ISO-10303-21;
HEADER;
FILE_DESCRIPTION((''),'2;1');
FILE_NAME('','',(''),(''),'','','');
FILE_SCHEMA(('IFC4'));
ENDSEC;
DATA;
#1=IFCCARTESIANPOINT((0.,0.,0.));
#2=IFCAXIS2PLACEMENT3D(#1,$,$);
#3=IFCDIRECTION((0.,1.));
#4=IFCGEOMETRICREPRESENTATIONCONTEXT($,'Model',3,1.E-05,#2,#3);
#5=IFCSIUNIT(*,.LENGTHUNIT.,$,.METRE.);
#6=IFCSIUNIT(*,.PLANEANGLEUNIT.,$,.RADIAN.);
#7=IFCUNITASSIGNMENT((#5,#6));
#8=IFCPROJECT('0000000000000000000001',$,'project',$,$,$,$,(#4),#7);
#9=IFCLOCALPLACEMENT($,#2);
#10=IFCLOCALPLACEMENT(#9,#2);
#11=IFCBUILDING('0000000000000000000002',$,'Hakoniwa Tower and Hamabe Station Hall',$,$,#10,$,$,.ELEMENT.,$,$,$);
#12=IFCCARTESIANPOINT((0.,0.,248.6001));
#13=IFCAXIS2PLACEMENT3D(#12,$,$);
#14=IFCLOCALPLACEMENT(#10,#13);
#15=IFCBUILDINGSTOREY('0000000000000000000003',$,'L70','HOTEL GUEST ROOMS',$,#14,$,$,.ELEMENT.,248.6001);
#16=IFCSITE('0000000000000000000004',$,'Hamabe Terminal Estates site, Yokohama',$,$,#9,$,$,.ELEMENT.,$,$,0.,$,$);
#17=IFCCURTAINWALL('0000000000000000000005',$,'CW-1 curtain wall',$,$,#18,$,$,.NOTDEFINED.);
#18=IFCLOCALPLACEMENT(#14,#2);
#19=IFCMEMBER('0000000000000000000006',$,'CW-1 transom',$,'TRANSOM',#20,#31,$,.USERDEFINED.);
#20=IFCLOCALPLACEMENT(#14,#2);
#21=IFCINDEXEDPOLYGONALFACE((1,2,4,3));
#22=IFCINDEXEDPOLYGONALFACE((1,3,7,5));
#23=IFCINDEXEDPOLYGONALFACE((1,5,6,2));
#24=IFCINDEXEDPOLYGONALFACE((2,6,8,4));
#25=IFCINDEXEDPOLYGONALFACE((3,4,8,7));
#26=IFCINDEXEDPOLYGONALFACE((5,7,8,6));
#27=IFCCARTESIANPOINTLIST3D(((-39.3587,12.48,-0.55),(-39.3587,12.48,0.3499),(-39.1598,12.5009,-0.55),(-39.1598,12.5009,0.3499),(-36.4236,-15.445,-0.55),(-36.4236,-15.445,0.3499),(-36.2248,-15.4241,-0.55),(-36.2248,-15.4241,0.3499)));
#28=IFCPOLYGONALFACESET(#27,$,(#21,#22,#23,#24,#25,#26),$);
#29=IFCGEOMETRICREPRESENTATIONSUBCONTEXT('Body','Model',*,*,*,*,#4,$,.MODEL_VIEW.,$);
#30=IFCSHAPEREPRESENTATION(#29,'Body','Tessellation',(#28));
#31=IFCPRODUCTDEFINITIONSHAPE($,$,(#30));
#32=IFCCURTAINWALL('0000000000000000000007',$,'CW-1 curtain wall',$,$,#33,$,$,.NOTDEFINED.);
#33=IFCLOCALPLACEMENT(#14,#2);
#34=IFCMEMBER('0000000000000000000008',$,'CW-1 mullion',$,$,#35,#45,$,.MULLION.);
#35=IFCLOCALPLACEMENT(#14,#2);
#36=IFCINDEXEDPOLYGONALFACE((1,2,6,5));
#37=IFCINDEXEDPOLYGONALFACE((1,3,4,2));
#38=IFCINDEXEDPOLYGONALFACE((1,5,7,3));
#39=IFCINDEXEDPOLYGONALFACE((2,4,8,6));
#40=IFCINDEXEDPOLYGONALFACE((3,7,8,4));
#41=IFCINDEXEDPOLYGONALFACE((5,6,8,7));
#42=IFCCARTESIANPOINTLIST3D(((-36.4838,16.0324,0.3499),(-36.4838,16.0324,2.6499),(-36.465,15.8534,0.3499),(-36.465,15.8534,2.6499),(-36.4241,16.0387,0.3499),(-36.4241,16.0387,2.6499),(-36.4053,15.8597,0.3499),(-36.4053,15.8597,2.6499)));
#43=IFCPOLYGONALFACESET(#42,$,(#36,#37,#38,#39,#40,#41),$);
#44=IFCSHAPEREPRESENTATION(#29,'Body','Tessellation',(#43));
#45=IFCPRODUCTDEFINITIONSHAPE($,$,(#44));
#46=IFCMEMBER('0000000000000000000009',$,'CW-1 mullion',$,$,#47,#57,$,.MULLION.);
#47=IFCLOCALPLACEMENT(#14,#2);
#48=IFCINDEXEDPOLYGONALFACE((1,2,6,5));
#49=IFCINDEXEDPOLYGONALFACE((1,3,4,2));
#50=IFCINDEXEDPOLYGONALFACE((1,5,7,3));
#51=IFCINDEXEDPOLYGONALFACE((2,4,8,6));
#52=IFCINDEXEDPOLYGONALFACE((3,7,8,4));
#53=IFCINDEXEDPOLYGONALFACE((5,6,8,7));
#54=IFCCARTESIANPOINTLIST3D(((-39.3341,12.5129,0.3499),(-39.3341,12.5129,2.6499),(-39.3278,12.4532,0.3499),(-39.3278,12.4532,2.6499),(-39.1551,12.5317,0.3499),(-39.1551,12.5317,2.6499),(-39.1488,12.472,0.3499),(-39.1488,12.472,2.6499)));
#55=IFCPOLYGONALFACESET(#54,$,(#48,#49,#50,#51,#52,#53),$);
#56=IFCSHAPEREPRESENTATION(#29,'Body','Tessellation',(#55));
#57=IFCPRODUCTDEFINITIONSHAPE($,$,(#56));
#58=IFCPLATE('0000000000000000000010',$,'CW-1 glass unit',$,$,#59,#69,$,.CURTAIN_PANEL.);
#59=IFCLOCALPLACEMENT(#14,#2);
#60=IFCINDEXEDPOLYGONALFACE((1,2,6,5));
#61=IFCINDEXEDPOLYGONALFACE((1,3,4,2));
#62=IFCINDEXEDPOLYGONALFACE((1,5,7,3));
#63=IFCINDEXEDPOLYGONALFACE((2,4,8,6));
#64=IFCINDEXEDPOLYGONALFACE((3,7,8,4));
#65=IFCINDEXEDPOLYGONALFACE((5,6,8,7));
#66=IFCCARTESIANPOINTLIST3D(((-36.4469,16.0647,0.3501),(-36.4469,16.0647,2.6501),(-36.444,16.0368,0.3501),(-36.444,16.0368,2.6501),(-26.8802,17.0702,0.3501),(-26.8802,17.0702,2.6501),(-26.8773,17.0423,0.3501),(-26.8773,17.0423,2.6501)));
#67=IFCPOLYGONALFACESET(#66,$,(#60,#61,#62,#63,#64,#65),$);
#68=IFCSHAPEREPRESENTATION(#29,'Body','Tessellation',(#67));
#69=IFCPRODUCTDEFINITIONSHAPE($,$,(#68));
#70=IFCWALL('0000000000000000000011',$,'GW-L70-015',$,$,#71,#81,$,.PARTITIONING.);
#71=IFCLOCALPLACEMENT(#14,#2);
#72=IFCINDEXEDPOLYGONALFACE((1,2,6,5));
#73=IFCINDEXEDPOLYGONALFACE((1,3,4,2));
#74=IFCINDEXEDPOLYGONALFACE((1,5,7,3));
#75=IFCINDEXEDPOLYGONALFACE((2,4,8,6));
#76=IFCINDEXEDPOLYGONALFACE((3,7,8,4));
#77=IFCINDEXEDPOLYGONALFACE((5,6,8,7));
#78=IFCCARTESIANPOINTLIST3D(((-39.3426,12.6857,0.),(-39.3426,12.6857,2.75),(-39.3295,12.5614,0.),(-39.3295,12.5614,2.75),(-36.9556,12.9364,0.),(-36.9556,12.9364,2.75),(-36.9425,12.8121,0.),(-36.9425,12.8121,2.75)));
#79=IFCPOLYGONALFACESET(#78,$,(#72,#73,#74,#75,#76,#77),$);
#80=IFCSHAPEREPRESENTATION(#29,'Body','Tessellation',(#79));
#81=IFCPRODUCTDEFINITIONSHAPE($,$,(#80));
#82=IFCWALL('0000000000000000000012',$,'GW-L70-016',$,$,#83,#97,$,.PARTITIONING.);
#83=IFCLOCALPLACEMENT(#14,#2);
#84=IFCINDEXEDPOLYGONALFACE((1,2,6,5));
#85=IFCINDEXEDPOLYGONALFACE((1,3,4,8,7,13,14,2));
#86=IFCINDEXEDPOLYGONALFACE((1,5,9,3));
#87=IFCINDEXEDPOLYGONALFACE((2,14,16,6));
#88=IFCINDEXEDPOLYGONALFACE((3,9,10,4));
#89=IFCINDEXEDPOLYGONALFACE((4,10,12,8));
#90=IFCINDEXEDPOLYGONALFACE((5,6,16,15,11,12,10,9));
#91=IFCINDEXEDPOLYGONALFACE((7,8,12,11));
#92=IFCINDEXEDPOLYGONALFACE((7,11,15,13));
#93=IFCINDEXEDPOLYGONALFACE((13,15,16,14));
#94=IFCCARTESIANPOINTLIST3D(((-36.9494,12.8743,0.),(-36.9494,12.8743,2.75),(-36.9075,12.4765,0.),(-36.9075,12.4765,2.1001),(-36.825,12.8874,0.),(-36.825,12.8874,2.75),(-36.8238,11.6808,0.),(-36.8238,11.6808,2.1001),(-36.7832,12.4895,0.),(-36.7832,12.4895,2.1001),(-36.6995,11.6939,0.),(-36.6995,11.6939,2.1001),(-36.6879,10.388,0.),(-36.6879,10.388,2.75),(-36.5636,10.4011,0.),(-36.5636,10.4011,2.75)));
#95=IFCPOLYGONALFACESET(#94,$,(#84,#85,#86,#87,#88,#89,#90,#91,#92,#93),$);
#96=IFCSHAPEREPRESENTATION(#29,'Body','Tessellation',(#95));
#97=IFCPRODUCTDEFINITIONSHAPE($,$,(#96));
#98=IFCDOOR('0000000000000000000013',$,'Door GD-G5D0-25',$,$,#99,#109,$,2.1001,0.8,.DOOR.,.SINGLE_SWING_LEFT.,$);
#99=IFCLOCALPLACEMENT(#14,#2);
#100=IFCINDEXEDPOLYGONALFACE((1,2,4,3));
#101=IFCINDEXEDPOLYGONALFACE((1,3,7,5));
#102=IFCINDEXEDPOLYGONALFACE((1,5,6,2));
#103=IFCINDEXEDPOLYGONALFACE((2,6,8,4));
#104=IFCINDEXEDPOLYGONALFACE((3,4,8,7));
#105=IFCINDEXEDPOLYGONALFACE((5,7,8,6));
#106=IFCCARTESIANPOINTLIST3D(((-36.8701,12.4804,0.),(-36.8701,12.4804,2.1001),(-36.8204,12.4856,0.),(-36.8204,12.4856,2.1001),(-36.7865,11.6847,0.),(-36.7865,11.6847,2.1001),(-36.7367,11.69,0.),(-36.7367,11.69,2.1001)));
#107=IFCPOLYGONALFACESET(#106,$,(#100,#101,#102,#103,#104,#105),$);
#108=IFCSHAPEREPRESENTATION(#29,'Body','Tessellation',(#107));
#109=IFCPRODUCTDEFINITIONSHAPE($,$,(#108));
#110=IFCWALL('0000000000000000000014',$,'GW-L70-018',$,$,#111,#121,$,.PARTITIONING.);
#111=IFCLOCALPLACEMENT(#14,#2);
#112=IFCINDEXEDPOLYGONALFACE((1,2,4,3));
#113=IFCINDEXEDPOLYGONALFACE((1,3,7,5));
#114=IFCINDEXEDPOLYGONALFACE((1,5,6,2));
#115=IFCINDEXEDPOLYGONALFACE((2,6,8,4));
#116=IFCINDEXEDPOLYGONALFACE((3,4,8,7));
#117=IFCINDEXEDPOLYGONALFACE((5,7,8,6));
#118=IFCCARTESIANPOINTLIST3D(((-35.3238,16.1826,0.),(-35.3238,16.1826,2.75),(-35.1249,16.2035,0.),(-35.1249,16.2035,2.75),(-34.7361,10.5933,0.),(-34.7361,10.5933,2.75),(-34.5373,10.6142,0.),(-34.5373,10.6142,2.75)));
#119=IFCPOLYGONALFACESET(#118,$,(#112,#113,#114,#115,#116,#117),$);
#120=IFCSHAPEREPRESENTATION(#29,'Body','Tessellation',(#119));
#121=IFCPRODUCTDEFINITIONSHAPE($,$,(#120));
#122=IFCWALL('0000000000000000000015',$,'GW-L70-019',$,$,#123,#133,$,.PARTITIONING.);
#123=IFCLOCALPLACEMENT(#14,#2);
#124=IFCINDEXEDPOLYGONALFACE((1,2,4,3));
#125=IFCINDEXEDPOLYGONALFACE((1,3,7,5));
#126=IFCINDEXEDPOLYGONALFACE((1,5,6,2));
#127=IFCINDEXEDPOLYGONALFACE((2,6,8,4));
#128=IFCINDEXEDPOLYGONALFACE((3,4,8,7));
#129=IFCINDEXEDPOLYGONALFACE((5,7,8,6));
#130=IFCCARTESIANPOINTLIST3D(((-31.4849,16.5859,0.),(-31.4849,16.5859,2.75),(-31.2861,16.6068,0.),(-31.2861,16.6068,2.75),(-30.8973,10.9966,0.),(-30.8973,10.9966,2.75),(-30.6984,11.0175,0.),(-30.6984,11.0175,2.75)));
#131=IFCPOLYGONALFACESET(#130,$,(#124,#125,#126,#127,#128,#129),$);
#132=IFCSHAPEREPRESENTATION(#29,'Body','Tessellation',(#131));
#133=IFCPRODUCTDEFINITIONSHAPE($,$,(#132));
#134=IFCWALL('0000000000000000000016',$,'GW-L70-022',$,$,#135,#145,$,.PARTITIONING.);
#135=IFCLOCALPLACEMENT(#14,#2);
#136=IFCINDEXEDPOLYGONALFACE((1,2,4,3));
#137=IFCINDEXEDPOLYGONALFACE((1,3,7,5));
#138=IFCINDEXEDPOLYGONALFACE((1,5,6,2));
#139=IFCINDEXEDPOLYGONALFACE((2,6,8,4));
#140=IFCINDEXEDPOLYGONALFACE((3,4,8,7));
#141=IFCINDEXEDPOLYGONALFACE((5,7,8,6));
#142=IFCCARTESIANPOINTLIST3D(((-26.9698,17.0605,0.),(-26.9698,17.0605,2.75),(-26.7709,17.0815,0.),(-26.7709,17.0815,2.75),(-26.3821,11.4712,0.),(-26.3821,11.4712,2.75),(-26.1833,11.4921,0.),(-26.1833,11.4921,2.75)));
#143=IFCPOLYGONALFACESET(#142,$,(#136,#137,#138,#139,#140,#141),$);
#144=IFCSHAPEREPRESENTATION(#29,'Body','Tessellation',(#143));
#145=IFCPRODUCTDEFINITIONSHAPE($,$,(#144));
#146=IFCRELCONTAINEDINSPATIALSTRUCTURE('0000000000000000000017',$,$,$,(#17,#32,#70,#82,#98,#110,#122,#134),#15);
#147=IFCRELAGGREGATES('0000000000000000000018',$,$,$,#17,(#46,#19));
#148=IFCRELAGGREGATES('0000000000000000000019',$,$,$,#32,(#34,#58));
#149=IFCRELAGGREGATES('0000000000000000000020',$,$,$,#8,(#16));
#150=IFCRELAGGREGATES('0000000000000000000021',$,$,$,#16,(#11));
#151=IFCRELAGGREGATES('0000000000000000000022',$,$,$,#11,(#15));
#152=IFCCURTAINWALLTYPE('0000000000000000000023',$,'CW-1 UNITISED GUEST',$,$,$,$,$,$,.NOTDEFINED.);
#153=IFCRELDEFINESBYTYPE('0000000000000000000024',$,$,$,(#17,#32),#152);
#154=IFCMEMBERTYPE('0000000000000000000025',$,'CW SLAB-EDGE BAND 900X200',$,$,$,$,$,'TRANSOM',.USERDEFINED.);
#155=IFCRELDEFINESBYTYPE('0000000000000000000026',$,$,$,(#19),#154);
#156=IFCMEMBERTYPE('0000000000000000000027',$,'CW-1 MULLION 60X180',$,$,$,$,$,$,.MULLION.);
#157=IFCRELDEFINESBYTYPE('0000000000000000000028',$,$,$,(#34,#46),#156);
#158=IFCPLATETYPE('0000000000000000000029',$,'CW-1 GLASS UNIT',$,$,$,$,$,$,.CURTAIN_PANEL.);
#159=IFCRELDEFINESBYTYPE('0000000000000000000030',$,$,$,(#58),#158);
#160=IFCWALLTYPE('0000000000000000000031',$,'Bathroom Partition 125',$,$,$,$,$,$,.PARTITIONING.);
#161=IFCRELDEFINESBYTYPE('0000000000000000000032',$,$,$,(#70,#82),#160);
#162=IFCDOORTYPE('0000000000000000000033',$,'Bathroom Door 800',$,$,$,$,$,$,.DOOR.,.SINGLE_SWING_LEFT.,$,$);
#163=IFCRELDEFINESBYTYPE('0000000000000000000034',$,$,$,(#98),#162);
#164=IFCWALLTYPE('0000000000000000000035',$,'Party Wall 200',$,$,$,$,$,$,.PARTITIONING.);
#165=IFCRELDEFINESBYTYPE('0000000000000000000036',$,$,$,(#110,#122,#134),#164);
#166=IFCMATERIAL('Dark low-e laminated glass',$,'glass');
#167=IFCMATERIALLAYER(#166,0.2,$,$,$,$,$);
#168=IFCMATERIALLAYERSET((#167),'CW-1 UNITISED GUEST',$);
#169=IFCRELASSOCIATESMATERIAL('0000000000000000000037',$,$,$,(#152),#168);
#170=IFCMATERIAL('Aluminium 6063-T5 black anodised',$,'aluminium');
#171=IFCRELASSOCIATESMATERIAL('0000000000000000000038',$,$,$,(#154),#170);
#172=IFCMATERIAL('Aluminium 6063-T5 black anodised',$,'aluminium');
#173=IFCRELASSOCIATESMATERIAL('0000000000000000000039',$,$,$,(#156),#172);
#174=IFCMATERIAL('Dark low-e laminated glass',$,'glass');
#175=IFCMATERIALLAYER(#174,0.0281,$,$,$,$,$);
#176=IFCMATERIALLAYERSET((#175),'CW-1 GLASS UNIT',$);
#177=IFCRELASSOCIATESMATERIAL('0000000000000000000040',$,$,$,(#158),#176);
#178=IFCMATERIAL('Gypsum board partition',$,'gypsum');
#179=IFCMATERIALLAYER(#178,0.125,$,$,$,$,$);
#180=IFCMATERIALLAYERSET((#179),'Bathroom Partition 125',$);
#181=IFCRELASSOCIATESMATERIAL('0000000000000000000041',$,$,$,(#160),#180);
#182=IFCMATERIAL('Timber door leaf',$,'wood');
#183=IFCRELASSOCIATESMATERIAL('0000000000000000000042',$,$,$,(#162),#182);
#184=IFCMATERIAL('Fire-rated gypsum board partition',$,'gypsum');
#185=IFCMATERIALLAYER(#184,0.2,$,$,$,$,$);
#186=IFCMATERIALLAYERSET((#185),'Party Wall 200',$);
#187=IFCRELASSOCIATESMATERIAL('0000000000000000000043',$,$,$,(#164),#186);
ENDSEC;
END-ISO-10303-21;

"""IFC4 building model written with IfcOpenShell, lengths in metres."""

from ifc_helpers import new_model, si_unit, direction, frame, frame_2d, origin, origin_2d, place, context, subcontext, project, spatial, rectangle, extrude, material, layer, layer_set, material_profile, profile_set, type_object, element, fill, aggregate, save


model = new_model("IFC4")

# Units and contexts
model_context = context("Model", 3, precision=1e-05, world=origin(), true_north=direction((0.0, 1.0)))
body_context = subcontext(model_context, "Body", "Model", "MODEL_VIEW")
ifc_project = project(units=[si_unit("LENGTHUNIT", "METRE"), si_unit("PLANEANGLEUNIT", "RADIAN")], contexts=[model_context])

# Site, building, storey
site_placement = place(None, origin())
site = spatial("IfcSite", under=ifc_project, at=site_placement, Name="Hamabe Terminal Estates site, Yokohama", CompositionType="ELEMENT", RefElevation=0.0)
building_placement = place(site_placement, origin())
building = spatial("IfcBuilding", under=site, at=building_placement, Name="Hakoniwa Tower and Hamabe Station Hall", CompositionType="ELEMENT")
storey_placement = place(building_placement, frame((0.0, 0.0, 248.6001)))
storey = spatial("IfcBuildingStorey", under=building, at=storey_placement, Name="L70", Description="HOTEL GUEST ROOMS", CompositionType="ELEMENT", Elevation=248.6001)

# Curtain walls, members
ifc_material_1 = material(Name="Dark low-e laminated glass", Category="glass")
ifc_layer_1 = layer(ifc_material_1, 0.2)
ifc_layer_set_1 = layer_set([ifc_layer_1], Name="CW-1 UNITISED GUEST")
curtain_wall_type = type_object("IfcCurtainWallType", Name="CW-1 UNITISED GUEST", PredefinedType="NOTDEFINED", material=ifc_layer_set_1)
curtain_wall_1_placement = place(storey_placement, origin())
curtain_wall_1 = element("IfcCurtainWall", 1, at=curtain_wall_1_placement, inside=storey, type_object=curtain_wall_type, Name="CW-1 curtain wall", PredefinedType="NOTDEFINED")
ifc_material_2 = material(Name="Aluminium 6063-T5 black anodised", Category="aluminium")
ifc_material_profile_1 = material_profile(ifc_material_2, rectangle(XDim=0.2, YDim=0.8999, at=origin_2d()), Name="CW SLAB-EDGE BAND 900X200")
ifc_profile_set_1 = profile_set([ifc_material_profile_1], Name="Aluminium 6063-T5 black anodised")
member_type_1 = type_object("IfcMemberType", Name="CW SLAB-EDGE BAND 900X200", ElementType="TRANSOM", PredefinedType="USERDEFINED", material=ifc_profile_set_1)
member_1_placement = place(storey_placement, frame((-39.2593, 12.4905, -0.1001), z_axis=(0.104529, -0.994522, 0.0), x_axis=(0.994522, 0.104529, 0.0)))
member_1 = element("IfcMember", 2, at=member_1_placement, type_object=member_type_1, Name="CW-1 transom", ObjectType="TRANSOM", PredefinedType="USERDEFINED", context=body_context, shape_type="SweptSolid", body=[
    extrude(rectangle(XDim=0.2, YDim=0.8999, at=origin_2d()), origin(), (0.0, 0.0, 1.0), 28.0789),
])
curtain_wall_2_placement = place(storey_placement, origin())
curtain_wall_2 = element("IfcCurtainWall", 3, at=curtain_wall_2_placement, inside=storey, type_object=curtain_wall_type, Name="CW-1 curtain wall", PredefinedType="NOTDEFINED")
ifc_material_3 = material(Name="Aluminium 6063-T5 black anodised", Category="aluminium")
ifc_material_profile_2 = material_profile(ifc_material_3, rectangle(XDim=0.0601, YDim=0.1799, at=origin_2d()), Name="CW-1 MULLION 60X180")
ifc_profile_set_2 = profile_set([ifc_material_profile_2], Name="Aluminium 6063-T5 black anodised")
member_type_2 = type_object("IfcMemberType", Name="CW-1 MULLION 60X180", PredefinedType="MULLION", material=ifc_profile_set_2)
member_2_placement = place(storey_placement, frame((-36.4446, 15.946, 0.3499), z_axis=(0.0, 0.0, 1.0), x_axis=(-0.994522, -0.104528, 0.0)))
member_2 = element("IfcMember", 4, at=member_2_placement, type_object=member_type_2, Name="CW-1 mullion", PredefinedType="MULLION", context=body_context, shape_type="SweptSolid", body=[
    extrude(rectangle(XDim=0.0601, YDim=0.1799, at=origin_2d()), origin(), (0.0, 0.0, 1.0), 2.3),
])

# Member
member_3_placement = place(storey_placement, frame((-39.2415, 12.4924, 0.3499), z_axis=(0.0, 0.0, 1.0), x_axis=(0.104528, -0.994522, 0.0)))
member_3 = element("IfcMember", 5, at=member_3_placement, type_object=member_type_2, Name="CW-1 mullion", PredefinedType="MULLION", context=body_context, shape_type="SweptSolid", body=[
    extrude(rectangle(XDim=0.0601, YDim=0.1799, at=origin_2d()), origin(), (0.0, 0.0, 1.0), 2.3),
])
aggregate(curtain_wall_1, [member_3, member_1])

# Plate
ifc_material_4 = material(Name="Dark low-e laminated glass", Category="glass")
ifc_layer_2 = layer(ifc_material_4, 0.0281)
ifc_layer_set_2 = layer_set([ifc_layer_2], Name="CW-1 GLASS UNIT")
plate_type = type_object("IfcPlateType", Name="CW-1 GLASS UNIT", PredefinedType="CURTAIN_PANEL", material=ifc_layer_set_2)
plate_placement = place(storey_placement, frame((-31.6621, 16.5535, 0.3501), z_axis=(0.0, 0.0, 1.0), x_axis=(-0.994522, -0.104528, 0.0)))
plate = element("IfcPlate", 6, at=plate_placement, type_object=plate_type, Name="CW-1 glass unit", PredefinedType="CURTAIN_PANEL", context=body_context, shape_type="SweptSolid", body=[
    extrude(rectangle(XDim=9.6194, YDim=0.0281, at=origin_2d()), origin(), (0.0, 0.0, 1.0), 2.3),
])
aggregate(curtain_wall_2, [member_2, plate])

# Wall
ifc_material_5 = material(Name="Gypsum board partition", Category="gypsum")
ifc_layer_3 = layer(ifc_material_5, 0.125)
ifc_layer_set_3 = layer_set([ifc_layer_3], Name="Bathroom Partition 125")
wall_type_1 = type_object("IfcWallType", Name="Bathroom Partition 125", PredefinedType="PARTITIONING", material=ifc_layer_set_3)
wall_1_placement = place(storey_placement, frame((-39.3362, 12.6235, 0.0), z_axis=(0.0, 0.0, 1.0), x_axis=(0.994528, 0.104468, 0.0)))
element("IfcWall", 7, at=wall_1_placement, inside=storey, type_object=wall_type_1, Name="GW-L70-015", PredefinedType="PARTITIONING", context=body_context, shape_type="SweptSolid", body=[
    extrude(rectangle(XDim=2.4001, YDim=0.125, at=frame_2d((1.2002, 0.0))), origin(), (0.0, 0.0, 1.0), 2.75),
])

# Wall, opening, door
wall_2_placement = place(storey_placement, frame((-36.6257, 10.3945, 0.0), z_axis=(0.0, 0.0, 1.0), x_axis=(-0.104588, 0.994516, 0.0)))
wall_2 = element("IfcWall", 8, at=wall_2_placement, inside=storey, type_object=wall_type_1, Name="GW-L70-016", PredefinedType="PARTITIONING", context=body_context, shape_type="SweptSolid", body=[
    extrude(rectangle(XDim=2.5, YDim=0.125, at=frame_2d((1.25, 0.0))), origin(), (0.0, 0.0, 1.0), 2.75),
])
opening_placement = place(wall_2_placement, frame((1.3, 0.0, 0.0)))
opening = element("IfcOpeningElement", 9, at=opening_placement, cuts=wall_2, PredefinedType="OPENING", context=body_context, shape_type="SweptSolid", body=[
    extrude(rectangle(XDim=0.8, YDim=2.1001, at=frame_2d((0.3999, 1.05))), frame((0.0, 0.0725, 0.0), z_axis=(0.0, -1.0, 0.0), x_axis=(1.0, 0.0, 0.0)), (0.0, 0.0, 1.0), 0.145),
])
ifc_material_6 = material(Name="Timber door leaf", Category="wood")
door_type = type_object("IfcDoorType", Name="Bathroom Door 800", OperationType="SINGLE_SWING_LEFT", PredefinedType="DOOR", material=ifc_material_6)
door_placement = place(opening_placement, origin())
door = element("IfcDoor", 10, at=door_placement, inside=storey, type_object=door_type, Name="Door GD-G5D0-25", OperationType="SINGLE_SWING_LEFT", OverallHeight=2.1001, OverallWidth=0.8, PredefinedType="DOOR", context=body_context, shape_type="SweptSolid", body=[
    extrude(rectangle(XDim=0.8, YDim=2.1001, at=frame_2d((0.3999, 1.05))), frame((0.0, 0.0249, 0.0), z_axis=(0.0, -1.0, 0.0), x_axis=(1.0, 0.0, 0.0)), (0.0, 0.0, 1.0), 0.05),
])
fill(opening, door)

# Walls
ifc_material_7 = material(Name="Fire-rated gypsum board partition", Category="gypsum")
ifc_layer_4 = layer(ifc_material_7, 0.2)
ifc_layer_set_4 = layer_set([ifc_layer_4], Name="Party Wall 200")
wall_type_2 = type_object("IfcWallType", Name="Party Wall 200", PredefinedType="PARTITIONING", material=ifc_layer_set_4)
for number, where, z_axis, x_axis, name in (
    (11, (-34.6367, 10.6038, 0.0), (0.0, 0.0, 1.0), (-0.10456, 0.994519, 0.0), "GW-L70-018"),
    (12, (-30.7979, 11.0071, 0.0), (0.0, 0.0, 1.0), (-0.10456, 0.994519, 0.0), "GW-L70-019"),
    (13, (-26.2827, 11.4817, 0.0), (0.0, 0.0, 1.0), (-0.10456, 0.994519, 0.0), "GW-L70-022"),
):
    element("IfcWall", number, at=place(storey_placement, frame(where, z_axis=z_axis, x_axis=x_axis)), inside=storey, type_object=wall_type_2, Name=name, PredefinedType="PARTITIONING", context=body_context, shape_type="SweptSolid", body=[
        extrude(rectangle(XDim=5.6201, YDim=0.2, at=frame_2d((2.8101, 0.0))), origin(), (0.0, 0.0, 1.0), 2.75),
    ])

save(model, "model.ifc")
